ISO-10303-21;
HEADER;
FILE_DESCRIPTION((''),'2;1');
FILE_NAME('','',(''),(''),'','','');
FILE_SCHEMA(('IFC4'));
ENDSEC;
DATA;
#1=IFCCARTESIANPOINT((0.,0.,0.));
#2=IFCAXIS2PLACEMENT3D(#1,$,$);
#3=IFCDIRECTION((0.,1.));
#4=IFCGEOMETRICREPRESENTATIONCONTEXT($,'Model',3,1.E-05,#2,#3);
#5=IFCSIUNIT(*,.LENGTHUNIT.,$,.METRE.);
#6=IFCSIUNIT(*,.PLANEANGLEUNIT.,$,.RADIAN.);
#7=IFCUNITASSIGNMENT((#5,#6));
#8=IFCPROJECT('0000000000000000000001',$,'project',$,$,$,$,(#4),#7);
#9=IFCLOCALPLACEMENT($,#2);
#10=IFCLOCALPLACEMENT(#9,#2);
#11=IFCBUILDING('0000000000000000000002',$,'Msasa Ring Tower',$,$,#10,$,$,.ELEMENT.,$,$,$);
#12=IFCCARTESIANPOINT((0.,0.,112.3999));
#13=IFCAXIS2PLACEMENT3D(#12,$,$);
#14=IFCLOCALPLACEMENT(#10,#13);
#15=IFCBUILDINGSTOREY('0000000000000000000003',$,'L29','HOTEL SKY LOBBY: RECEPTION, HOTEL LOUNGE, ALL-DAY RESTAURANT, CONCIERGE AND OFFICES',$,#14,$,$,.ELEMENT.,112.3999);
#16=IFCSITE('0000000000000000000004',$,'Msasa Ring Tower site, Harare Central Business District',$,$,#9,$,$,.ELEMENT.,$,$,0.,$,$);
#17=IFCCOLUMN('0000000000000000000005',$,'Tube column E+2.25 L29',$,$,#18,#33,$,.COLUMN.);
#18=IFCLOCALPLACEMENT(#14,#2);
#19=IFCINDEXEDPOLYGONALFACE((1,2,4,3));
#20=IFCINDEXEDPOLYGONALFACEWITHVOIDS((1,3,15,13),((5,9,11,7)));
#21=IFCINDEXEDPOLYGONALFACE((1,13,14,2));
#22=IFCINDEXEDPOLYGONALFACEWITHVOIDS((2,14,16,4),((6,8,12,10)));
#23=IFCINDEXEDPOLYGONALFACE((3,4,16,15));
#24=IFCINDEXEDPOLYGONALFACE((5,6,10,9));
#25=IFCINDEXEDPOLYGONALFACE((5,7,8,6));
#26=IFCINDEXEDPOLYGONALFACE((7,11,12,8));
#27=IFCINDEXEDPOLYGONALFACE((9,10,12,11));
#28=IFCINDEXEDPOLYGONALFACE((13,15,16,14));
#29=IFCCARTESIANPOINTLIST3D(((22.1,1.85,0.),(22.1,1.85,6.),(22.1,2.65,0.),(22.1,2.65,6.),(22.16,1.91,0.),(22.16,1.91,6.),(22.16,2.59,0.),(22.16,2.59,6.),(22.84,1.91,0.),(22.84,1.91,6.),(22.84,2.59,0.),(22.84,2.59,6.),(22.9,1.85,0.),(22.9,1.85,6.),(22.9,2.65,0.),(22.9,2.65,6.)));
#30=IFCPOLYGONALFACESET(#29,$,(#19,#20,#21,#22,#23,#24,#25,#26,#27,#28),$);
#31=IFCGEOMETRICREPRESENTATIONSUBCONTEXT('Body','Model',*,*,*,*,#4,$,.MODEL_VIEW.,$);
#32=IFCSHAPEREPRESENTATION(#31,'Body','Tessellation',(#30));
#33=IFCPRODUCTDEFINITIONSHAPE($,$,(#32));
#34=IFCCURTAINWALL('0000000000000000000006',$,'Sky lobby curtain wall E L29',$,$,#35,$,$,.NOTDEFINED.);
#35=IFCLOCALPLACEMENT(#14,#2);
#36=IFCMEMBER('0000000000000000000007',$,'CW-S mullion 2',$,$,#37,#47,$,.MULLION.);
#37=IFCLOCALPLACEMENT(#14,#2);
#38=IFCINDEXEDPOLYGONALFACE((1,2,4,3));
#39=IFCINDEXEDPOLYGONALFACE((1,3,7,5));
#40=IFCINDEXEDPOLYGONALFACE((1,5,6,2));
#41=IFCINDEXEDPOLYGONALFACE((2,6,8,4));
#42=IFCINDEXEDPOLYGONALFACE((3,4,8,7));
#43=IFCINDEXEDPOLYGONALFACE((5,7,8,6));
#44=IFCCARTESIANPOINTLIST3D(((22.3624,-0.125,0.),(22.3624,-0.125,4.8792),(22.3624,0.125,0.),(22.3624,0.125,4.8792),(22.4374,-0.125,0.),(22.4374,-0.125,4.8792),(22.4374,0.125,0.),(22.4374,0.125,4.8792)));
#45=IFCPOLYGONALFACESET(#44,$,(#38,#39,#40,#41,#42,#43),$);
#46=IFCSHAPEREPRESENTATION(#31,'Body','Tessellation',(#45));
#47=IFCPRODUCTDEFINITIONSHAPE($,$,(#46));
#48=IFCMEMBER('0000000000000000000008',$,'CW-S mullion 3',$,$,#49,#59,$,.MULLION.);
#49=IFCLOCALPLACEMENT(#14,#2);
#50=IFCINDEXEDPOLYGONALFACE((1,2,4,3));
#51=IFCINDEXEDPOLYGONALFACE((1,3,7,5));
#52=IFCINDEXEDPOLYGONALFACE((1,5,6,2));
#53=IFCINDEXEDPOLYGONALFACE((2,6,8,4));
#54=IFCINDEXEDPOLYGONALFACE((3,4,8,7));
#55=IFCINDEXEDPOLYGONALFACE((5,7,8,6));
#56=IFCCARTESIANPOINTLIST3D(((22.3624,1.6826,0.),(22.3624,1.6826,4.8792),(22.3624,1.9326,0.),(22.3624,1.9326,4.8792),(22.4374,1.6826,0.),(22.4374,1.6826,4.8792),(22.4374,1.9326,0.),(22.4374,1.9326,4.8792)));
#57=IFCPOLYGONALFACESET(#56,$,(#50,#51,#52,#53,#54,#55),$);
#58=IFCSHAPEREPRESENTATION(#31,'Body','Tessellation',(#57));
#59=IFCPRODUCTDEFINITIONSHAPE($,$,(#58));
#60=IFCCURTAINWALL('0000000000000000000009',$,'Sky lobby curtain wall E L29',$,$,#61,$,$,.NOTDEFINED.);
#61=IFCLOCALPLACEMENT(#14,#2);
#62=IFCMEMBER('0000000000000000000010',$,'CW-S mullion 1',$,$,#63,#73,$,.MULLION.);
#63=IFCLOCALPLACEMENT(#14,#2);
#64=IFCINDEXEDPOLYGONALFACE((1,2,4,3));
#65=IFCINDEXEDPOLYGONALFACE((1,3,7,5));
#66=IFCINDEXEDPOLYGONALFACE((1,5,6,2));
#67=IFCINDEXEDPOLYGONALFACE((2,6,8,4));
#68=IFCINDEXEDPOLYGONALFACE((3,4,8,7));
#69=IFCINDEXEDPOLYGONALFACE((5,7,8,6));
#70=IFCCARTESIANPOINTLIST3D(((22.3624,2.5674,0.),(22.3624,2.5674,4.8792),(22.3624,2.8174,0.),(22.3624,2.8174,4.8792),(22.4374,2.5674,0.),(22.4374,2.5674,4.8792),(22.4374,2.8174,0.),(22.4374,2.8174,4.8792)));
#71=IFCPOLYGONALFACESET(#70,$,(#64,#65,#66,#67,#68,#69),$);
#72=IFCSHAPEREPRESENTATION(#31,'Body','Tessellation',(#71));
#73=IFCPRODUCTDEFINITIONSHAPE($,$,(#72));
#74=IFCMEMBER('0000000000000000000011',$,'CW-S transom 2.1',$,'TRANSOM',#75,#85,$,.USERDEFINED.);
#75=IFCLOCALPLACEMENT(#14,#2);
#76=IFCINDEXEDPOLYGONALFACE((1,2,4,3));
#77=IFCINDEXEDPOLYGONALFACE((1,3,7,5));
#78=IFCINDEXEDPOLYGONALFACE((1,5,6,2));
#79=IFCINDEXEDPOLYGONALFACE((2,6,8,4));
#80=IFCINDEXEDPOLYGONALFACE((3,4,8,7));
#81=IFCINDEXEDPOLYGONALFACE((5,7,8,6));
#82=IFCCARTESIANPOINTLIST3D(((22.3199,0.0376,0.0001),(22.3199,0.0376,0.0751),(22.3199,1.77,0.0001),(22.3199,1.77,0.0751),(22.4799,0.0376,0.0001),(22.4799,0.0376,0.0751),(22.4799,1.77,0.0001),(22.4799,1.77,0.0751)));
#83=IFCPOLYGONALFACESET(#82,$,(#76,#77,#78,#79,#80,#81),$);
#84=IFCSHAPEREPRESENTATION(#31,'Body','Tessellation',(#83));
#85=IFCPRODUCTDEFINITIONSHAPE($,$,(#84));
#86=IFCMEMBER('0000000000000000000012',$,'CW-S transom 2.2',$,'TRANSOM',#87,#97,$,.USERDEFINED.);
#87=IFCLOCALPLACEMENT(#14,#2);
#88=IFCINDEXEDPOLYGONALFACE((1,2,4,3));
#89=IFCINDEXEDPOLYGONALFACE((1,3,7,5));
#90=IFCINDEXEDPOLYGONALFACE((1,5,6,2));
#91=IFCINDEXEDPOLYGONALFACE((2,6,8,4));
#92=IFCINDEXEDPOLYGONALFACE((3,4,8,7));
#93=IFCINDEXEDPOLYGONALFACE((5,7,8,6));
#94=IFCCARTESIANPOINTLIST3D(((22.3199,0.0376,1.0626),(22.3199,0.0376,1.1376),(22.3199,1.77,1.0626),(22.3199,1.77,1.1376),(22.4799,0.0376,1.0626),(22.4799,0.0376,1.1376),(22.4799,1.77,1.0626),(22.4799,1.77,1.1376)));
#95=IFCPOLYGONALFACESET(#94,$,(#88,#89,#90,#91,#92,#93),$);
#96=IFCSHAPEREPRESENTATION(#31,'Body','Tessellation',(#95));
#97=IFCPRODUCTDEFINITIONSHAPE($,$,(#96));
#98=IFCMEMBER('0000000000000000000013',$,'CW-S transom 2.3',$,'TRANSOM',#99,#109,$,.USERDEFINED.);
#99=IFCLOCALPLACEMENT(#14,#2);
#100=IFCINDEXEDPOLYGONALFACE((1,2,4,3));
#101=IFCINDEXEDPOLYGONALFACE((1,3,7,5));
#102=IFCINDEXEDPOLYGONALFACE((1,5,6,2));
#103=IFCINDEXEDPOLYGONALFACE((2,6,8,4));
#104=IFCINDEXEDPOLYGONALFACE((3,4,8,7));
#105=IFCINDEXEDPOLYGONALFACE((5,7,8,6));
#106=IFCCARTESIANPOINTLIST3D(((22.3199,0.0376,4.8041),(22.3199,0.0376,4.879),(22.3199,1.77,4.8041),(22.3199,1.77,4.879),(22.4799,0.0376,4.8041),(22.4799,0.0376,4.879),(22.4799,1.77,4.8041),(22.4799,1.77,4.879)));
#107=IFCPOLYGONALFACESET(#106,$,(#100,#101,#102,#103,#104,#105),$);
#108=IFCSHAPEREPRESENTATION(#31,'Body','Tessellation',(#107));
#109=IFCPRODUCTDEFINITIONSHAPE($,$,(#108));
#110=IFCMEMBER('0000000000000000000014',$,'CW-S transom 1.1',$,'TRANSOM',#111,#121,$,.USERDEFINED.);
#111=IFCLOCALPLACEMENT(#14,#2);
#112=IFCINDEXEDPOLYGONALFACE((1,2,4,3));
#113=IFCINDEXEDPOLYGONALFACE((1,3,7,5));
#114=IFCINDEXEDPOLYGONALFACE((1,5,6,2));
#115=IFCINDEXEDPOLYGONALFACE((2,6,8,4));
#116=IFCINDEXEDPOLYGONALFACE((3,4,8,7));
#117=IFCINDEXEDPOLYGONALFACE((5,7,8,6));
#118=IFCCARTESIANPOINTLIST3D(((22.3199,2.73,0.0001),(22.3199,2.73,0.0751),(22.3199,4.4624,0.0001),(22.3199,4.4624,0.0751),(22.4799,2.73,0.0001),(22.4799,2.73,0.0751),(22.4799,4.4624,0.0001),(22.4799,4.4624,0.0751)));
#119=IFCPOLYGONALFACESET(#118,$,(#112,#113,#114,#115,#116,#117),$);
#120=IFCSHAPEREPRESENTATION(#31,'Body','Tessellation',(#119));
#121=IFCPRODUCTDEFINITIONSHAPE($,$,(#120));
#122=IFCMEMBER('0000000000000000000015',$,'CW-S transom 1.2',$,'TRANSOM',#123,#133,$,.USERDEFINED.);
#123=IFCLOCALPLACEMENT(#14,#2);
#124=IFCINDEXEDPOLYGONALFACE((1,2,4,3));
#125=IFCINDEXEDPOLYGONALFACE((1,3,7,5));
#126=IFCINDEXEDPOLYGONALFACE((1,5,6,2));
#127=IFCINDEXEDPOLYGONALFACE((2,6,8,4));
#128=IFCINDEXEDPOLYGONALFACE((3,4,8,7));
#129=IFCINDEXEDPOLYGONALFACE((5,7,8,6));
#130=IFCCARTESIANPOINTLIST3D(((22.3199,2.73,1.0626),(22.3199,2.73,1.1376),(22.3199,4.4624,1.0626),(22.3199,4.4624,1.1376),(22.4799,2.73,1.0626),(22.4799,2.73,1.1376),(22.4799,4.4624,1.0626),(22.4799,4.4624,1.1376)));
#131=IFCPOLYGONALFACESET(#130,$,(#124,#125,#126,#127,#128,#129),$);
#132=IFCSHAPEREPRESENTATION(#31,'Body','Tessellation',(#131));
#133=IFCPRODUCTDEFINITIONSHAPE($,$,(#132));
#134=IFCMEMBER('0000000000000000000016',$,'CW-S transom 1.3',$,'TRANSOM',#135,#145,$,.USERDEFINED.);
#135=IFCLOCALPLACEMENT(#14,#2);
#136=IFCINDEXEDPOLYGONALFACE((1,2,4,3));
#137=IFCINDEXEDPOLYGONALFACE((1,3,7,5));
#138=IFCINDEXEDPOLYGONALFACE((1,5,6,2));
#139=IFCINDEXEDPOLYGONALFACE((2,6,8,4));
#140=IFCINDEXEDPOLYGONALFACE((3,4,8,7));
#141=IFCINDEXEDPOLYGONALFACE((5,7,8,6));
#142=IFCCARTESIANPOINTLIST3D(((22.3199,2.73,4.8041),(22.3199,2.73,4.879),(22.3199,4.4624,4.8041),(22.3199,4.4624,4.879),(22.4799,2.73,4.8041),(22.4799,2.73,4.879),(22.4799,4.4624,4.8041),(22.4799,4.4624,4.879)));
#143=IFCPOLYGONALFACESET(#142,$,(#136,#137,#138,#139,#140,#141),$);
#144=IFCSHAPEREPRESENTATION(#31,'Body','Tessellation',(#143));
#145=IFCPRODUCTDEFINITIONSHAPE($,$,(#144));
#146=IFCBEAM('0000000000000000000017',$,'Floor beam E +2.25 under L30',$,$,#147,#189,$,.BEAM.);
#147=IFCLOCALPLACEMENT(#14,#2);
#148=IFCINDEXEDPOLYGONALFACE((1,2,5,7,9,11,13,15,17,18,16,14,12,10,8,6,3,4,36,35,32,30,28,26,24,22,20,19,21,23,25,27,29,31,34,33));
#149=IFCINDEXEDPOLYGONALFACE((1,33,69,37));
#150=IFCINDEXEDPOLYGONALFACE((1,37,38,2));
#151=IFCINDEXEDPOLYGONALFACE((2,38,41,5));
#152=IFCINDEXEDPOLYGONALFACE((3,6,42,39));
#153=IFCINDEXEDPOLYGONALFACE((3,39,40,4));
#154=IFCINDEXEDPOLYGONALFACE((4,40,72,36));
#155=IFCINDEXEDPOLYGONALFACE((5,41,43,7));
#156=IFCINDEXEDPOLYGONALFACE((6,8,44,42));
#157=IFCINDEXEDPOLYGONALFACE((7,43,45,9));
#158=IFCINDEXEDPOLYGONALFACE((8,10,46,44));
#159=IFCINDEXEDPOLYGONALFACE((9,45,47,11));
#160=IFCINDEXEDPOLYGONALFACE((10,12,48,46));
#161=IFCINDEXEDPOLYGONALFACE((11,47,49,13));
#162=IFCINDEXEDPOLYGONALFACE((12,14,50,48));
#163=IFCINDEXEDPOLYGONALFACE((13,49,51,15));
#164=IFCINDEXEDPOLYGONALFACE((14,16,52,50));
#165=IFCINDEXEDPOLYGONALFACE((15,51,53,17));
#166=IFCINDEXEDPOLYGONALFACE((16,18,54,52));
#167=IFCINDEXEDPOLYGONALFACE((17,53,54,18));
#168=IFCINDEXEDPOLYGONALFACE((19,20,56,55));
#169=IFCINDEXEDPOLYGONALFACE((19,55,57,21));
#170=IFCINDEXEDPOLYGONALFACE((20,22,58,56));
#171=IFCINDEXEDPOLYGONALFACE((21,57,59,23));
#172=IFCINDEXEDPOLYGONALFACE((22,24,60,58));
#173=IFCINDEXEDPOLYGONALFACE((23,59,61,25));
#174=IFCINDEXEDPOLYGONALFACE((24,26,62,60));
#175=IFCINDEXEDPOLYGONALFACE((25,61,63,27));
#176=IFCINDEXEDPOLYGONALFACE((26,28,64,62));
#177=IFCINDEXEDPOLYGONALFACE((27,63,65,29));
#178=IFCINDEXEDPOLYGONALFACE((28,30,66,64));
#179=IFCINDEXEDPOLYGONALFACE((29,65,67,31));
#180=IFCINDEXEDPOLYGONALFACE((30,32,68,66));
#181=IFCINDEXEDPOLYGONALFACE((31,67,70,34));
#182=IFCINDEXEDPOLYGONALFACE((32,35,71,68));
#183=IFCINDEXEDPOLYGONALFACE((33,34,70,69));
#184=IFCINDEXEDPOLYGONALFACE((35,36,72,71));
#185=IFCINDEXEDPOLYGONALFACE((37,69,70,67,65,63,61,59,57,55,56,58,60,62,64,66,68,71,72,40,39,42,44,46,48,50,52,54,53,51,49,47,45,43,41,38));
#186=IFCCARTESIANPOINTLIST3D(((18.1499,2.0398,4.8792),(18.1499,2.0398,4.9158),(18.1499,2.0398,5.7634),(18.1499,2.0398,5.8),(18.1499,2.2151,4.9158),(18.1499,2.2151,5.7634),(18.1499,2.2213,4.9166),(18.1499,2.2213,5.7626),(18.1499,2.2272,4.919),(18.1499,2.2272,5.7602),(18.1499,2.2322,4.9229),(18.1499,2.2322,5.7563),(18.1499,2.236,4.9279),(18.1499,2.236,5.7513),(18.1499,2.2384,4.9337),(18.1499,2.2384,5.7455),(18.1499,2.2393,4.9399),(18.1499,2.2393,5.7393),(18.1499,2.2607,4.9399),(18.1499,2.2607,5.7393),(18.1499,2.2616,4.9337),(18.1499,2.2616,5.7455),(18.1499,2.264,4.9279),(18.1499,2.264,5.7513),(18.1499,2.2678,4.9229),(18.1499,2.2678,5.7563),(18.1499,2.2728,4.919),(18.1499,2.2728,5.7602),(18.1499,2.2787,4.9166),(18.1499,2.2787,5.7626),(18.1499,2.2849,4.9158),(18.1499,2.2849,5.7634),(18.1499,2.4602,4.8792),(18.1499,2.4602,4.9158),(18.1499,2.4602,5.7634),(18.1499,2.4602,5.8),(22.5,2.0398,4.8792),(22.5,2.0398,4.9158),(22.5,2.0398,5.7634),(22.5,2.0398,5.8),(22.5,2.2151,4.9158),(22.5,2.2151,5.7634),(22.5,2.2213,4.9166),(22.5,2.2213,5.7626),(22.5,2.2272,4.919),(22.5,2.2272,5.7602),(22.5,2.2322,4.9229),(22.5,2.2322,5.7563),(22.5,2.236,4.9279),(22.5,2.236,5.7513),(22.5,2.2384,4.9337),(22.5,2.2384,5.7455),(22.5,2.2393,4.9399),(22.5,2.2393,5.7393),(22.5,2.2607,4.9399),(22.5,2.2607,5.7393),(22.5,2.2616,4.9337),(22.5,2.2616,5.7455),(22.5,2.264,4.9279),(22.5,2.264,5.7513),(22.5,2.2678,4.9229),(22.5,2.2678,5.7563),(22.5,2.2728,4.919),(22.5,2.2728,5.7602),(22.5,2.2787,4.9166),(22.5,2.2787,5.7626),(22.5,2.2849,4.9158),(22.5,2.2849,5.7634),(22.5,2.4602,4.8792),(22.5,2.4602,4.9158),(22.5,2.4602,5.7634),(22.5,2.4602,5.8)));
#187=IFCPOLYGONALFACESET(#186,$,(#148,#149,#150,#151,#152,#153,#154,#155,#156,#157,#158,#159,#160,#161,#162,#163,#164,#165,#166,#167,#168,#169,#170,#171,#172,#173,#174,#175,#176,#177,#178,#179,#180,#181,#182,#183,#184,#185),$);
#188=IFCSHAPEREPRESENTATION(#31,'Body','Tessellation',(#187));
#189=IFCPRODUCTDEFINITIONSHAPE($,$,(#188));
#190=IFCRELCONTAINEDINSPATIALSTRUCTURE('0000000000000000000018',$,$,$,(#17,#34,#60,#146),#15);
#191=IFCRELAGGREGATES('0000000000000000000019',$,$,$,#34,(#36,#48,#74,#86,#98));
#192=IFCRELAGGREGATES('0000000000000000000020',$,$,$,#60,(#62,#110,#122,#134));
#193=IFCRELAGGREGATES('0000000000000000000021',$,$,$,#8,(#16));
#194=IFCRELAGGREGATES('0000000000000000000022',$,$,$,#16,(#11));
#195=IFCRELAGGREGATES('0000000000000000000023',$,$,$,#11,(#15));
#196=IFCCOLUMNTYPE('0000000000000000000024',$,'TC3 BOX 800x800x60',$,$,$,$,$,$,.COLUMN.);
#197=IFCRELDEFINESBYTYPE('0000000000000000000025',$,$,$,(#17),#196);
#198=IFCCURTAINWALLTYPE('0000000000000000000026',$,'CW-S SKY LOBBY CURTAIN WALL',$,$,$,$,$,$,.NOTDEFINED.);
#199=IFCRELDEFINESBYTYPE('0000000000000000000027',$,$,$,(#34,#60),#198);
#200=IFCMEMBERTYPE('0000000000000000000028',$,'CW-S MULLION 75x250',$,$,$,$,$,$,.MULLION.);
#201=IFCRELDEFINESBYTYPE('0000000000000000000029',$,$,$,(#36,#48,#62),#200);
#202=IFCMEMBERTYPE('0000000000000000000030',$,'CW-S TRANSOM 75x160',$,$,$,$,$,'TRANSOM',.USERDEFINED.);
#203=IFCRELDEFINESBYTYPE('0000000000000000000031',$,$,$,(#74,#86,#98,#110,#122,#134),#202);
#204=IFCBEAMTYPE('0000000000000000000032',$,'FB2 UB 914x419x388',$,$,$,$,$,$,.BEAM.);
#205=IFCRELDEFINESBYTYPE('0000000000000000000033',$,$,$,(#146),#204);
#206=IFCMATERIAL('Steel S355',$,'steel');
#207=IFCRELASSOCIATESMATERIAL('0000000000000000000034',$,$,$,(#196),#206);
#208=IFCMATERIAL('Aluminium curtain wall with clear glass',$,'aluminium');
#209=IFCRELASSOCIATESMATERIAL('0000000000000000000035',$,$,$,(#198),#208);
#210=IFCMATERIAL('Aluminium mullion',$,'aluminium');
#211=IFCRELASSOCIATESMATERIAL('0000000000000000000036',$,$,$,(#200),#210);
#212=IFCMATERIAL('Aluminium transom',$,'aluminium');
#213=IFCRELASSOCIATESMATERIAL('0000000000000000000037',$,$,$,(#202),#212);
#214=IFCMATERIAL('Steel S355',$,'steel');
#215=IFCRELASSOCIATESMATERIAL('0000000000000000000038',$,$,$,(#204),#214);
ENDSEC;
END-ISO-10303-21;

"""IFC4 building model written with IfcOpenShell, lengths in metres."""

from ifc_helpers import new_model, si_unit, direction, frame, origin, origin_2d, place, context, subcontext, project, spatial, rectangle, hollow_rectangle, i_section, extrude, material, material_profile, profile_set, type_object, element, aggregate, save


model = new_model("IFC4")

# Units and contexts
model_context = context("Model", 3, precision=1e-05, world=origin(), true_north=direction((0.0, 1.0)))
body_context = subcontext(model_context, "Body", "Model", "MODEL_VIEW")
ifc_project = project(units=[si_unit("LENGTHUNIT", "METRE"), si_unit("PLANEANGLEUNIT", "RADIAN")], contexts=[model_context])

# Site, building, storey
site_placement = place(None, origin())
site = spatial("IfcSite", under=ifc_project, at=site_placement, Name="Msasa Ring Tower site, Harare Central Business District", CompositionType="ELEMENT", RefElevation=0.0)
building_placement = place(site_placement, origin())
building = spatial("IfcBuilding", under=site, at=building_placement, Name="Msasa Ring Tower", CompositionType="ELEMENT")
storey_placement = place(building_placement, frame((0.0, 0.0, 112.3999)))
storey = spatial("IfcBuildingStorey", under=building, at=storey_placement, Name="L29", Description="HOTEL SKY LOBBY: RECEPTION, HOTEL LOUNGE, ALL-DAY RESTAURANT, CONCIERGE AND OFFICES", CompositionType="ELEMENT", Elevation=112.3999)

# Column
ifc_material_1 = material(Name="Steel S355", Category="steel")
ifc_material_profile_1 = material_profile(ifc_material_1, hollow_rectangle(XDim=0.8, YDim=0.8, WallThickness=0.0601, at=origin_2d()), Name="BOX 800x800x60")
ifc_profile_set_1 = profile_set([ifc_material_profile_1], Name="Steel S355")
column_type = type_object("IfcColumnType", Name="TC3 BOX 800x800x60", PredefinedType="COLUMN", material=ifc_profile_set_1)
column_placement = place(storey_placement, frame((22.5, 2.25, 0.0), z_axis=(0.0, 0.0, 1.0), x_axis=(1.0, 0.0, 0.0)))
element("IfcColumn", 1, at=column_placement, inside=storey, type_object=column_type, Name="Tube column E+2.25 L29", PredefinedType="COLUMN", context=body_context, shape_type="SweptSolid", body=[
    extrude(hollow_rectangle(XDim=0.8, YDim=0.8, WallThickness=0.0601, at=origin_2d()), origin(), (0.0, 0.0, 1.0), 6.0),
])

# Curtain wall, members
ifc_material_2 = material(Name="Aluminium curtain wall with clear glass", Category="aluminium")
curtain_wall_type = type_object("IfcCurtainWallType", Name="CW-S SKY LOBBY CURTAIN WALL", PredefinedType="NOTDEFINED", material=ifc_material_2)
curtain_wall_1_placement = place(storey_placement, origin())
curtain_wall_1 = element("IfcCurtainWall", 2, at=curtain_wall_1_placement, inside=storey, type_object=curtain_wall_type, Name="Sky lobby curtain wall E L29", PredefinedType="NOTDEFINED")
ifc_material_3 = material(Name="Aluminium mullion", Category="aluminium")
ifc_material_profile_2 = material_profile(ifc_material_3, rectangle(XDim=0.075, YDim=0.25, at=origin_2d()), Name="AL 75x250")
ifc_profile_set_2 = profile_set([ifc_material_profile_2], Name="Aluminium mullion")
member_type_1 = type_object("IfcMemberType", Name="CW-S MULLION 75x250", PredefinedType="MULLION", material=ifc_profile_set_2)
member_1_placement = place(storey_placement, frame((22.3999, 0.0, 0.0), z_axis=(0.0, 0.0, 1.0), x_axis=(-1.0, 0.0, 0.0)))
member_1 = element("IfcMember", 3, at=member_1_placement, type_object=member_type_1, Name="CW-S mullion 2", PredefinedType="MULLION", context=body_context, shape_type="SweptSolid", body=[
    extrude(rectangle(XDim=0.075, YDim=0.25, at=origin_2d()), origin(), (0.0, 0.0, 1.0), 4.8792),
])
member_2_placement = place(storey_placement, frame((22.3999, 1.8076, 0.0), z_axis=(0.0, 0.0, 1.0), x_axis=(-1.0, 0.0, 0.0)))
member_2 = element("IfcMember", 4, at=member_2_placement, type_object=member_type_1, Name="CW-S mullion 3", PredefinedType="MULLION", context=body_context, shape_type="SweptSolid", body=[
    extrude(rectangle(XDim=0.075, YDim=0.25, at=origin_2d()), origin(), (0.0, 0.0, 1.0), 4.8792),
])

# Curtain wall, member
curtain_wall_2_placement = place(storey_placement, origin())
curtain_wall_2 = element("IfcCurtainWall", 5, at=curtain_wall_2_placement, inside=storey, type_object=curtain_wall_type, Name="Sky lobby curtain wall E L29", PredefinedType="NOTDEFINED")
member_3_placement = place(storey_placement, frame((22.3999, 2.6924, 0.0), z_axis=(0.0, 0.0, 1.0), x_axis=(-1.0, 0.0, 0.0)))
member_3 = element("IfcMember", 6, at=member_3_placement, type_object=member_type_1, Name="CW-S mullion 1", PredefinedType="MULLION", context=body_context, shape_type="SweptSolid", body=[
    extrude(rectangle(XDim=0.075, YDim=0.25, at=origin_2d()), origin(), (0.0, 0.0, 1.0), 4.8792),
])

# Members
ifc_material_4 = material(Name="Aluminium transom", Category="aluminium")
ifc_material_profile_3 = material_profile(ifc_material_4, rectangle(XDim=0.1599, YDim=0.075, at=origin_2d()), Name="AL 75x160")
ifc_profile_set_3 = profile_set([ifc_material_profile_3], Name="Aluminium transom")
member_type_2 = type_object("IfcMemberType", Name="CW-S TRANSOM 75x160", ElementType="TRANSOM", PredefinedType="USERDEFINED", material=ifc_profile_set_3)
member_4_placement = place(storey_placement, frame((22.3999, 0.0376, 0.0376), z_axis=(0.0, 1.0, 0.0), x_axis=(-1.0, 0.0, 0.0)))
member_4 = element("IfcMember", 7, at=member_4_placement, type_object=member_type_2, Name="CW-S transom 2.1", ObjectType="TRANSOM", PredefinedType="USERDEFINED", context=body_context, shape_type="SweptSolid", body=[
    extrude(rectangle(XDim=0.1599, YDim=0.075, at=origin_2d()), origin(), (0.0, 0.0, 1.0), 1.7324),
])
member_5_placement = place(storey_placement, frame((22.3999, 0.0376, 1.1001), z_axis=(0.0, 1.0, 0.0), x_axis=(-1.0, 0.0, 0.0)))
member_5 = element("IfcMember", 8, at=member_5_placement, type_object=member_type_2, Name="CW-S transom 2.2", ObjectType="TRANSOM", PredefinedType="USERDEFINED", context=body_context, shape_type="SweptSolid", body=[
    extrude(rectangle(XDim=0.1599, YDim=0.075, at=origin_2d()), origin(), (0.0, 0.0, 1.0), 1.7324),
])
member_6_placement = place(storey_placement, frame((22.3999, 0.0376, 4.8416), z_axis=(0.0, 1.0, 0.0), x_axis=(-1.0, 0.0, 0.0)))
member_6 = element("IfcMember", 9, at=member_6_placement, type_object=member_type_2, Name="CW-S transom 2.3", ObjectType="TRANSOM", PredefinedType="USERDEFINED", context=body_context, shape_type="SweptSolid", body=[
    extrude(rectangle(XDim=0.1599, YDim=0.075, at=origin_2d()), origin(), (0.0, 0.0, 1.0), 1.7324),
])
member_7_placement = place(storey_placement, frame((22.3999, 2.73, 0.0376), z_axis=(0.0, 1.0, 0.0), x_axis=(-1.0, 0.0, 0.0)))
member_7 = element("IfcMember", 10, at=member_7_placement, type_object=member_type_2, Name="CW-S transom 1.1", ObjectType="TRANSOM", PredefinedType="USERDEFINED", context=body_context, shape_type="SweptSolid", body=[
    extrude(rectangle(XDim=0.1599, YDim=0.075, at=origin_2d()), origin(), (0.0, 0.0, 1.0), 1.7324),
])
member_8_placement = place(storey_placement, frame((22.3999, 2.73, 1.1001), z_axis=(0.0, 1.0, 0.0), x_axis=(-1.0, 0.0, 0.0)))
member_8 = element("IfcMember", 11, at=member_8_placement, type_object=member_type_2, Name="CW-S transom 1.2", ObjectType="TRANSOM", PredefinedType="USERDEFINED", context=body_context, shape_type="SweptSolid", body=[
    extrude(rectangle(XDim=0.1599, YDim=0.075, at=origin_2d()), origin(), (0.0, 0.0, 1.0), 1.7324),
])
member_9_placement = place(storey_placement, frame((22.3999, 2.73, 4.8416), z_axis=(0.0, 1.0, 0.0), x_axis=(-1.0, 0.0, 0.0)))
member_9 = element("IfcMember", 12, at=member_9_placement, type_object=member_type_2, Name="CW-S transom 1.3", ObjectType="TRANSOM", PredefinedType="USERDEFINED", context=body_context, shape_type="SweptSolid", body=[
    extrude(rectangle(XDim=0.1599, YDim=0.075, at=origin_2d()), origin(), (0.0, 0.0, 1.0), 1.7324),
])

# Beam
ifc_material_5 = material(Name="Steel S355", Category="steel")
ifc_material_profile_4 = material_profile(ifc_material_5, i_section(OverallWidth=0.4204, OverallDepth=0.9209, WebThickness=0.0215, FlangeThickness=0.0366, FilletRadius=0.0242, at=origin_2d()), Name="UB 914x419x388")
ifc_profile_set_4 = profile_set([ifc_material_profile_4], Name="Steel S355")
beam_type_1 = type_object("IfcBeamType", Name="FB2 UB 914x419x388", PredefinedType="BEAM", material=ifc_profile_set_4)
beam_1_placement = place(storey_placement, frame((22.5, 2.25, 5.3396), z_axis=(-1.0, 0.0, 0.0), x_axis=(0.0, -1.0, 0.0)))
element("IfcBeam", 13, at=beam_1_placement, inside=storey, type_object=beam_type_1, Name="Floor beam E +2.25 under L30", PredefinedType="BEAM", context=body_context, shape_type="SweptSolid", body=[
    extrude(i_section(OverallWidth=0.4204, OverallDepth=0.9209, WebThickness=0.0215, FlangeThickness=0.0366, FilletRadius=0.0242, at=origin_2d()), origin(), (0.0, 0.0, 1.0), 4.3501),
])

aggregate(curtain_wall_1, [member_1, member_2, member_4, member_5, member_6])
aggregate(curtain_wall_2, [member_3, member_7, member_8, member_9])

save(model, "model.ifc")
